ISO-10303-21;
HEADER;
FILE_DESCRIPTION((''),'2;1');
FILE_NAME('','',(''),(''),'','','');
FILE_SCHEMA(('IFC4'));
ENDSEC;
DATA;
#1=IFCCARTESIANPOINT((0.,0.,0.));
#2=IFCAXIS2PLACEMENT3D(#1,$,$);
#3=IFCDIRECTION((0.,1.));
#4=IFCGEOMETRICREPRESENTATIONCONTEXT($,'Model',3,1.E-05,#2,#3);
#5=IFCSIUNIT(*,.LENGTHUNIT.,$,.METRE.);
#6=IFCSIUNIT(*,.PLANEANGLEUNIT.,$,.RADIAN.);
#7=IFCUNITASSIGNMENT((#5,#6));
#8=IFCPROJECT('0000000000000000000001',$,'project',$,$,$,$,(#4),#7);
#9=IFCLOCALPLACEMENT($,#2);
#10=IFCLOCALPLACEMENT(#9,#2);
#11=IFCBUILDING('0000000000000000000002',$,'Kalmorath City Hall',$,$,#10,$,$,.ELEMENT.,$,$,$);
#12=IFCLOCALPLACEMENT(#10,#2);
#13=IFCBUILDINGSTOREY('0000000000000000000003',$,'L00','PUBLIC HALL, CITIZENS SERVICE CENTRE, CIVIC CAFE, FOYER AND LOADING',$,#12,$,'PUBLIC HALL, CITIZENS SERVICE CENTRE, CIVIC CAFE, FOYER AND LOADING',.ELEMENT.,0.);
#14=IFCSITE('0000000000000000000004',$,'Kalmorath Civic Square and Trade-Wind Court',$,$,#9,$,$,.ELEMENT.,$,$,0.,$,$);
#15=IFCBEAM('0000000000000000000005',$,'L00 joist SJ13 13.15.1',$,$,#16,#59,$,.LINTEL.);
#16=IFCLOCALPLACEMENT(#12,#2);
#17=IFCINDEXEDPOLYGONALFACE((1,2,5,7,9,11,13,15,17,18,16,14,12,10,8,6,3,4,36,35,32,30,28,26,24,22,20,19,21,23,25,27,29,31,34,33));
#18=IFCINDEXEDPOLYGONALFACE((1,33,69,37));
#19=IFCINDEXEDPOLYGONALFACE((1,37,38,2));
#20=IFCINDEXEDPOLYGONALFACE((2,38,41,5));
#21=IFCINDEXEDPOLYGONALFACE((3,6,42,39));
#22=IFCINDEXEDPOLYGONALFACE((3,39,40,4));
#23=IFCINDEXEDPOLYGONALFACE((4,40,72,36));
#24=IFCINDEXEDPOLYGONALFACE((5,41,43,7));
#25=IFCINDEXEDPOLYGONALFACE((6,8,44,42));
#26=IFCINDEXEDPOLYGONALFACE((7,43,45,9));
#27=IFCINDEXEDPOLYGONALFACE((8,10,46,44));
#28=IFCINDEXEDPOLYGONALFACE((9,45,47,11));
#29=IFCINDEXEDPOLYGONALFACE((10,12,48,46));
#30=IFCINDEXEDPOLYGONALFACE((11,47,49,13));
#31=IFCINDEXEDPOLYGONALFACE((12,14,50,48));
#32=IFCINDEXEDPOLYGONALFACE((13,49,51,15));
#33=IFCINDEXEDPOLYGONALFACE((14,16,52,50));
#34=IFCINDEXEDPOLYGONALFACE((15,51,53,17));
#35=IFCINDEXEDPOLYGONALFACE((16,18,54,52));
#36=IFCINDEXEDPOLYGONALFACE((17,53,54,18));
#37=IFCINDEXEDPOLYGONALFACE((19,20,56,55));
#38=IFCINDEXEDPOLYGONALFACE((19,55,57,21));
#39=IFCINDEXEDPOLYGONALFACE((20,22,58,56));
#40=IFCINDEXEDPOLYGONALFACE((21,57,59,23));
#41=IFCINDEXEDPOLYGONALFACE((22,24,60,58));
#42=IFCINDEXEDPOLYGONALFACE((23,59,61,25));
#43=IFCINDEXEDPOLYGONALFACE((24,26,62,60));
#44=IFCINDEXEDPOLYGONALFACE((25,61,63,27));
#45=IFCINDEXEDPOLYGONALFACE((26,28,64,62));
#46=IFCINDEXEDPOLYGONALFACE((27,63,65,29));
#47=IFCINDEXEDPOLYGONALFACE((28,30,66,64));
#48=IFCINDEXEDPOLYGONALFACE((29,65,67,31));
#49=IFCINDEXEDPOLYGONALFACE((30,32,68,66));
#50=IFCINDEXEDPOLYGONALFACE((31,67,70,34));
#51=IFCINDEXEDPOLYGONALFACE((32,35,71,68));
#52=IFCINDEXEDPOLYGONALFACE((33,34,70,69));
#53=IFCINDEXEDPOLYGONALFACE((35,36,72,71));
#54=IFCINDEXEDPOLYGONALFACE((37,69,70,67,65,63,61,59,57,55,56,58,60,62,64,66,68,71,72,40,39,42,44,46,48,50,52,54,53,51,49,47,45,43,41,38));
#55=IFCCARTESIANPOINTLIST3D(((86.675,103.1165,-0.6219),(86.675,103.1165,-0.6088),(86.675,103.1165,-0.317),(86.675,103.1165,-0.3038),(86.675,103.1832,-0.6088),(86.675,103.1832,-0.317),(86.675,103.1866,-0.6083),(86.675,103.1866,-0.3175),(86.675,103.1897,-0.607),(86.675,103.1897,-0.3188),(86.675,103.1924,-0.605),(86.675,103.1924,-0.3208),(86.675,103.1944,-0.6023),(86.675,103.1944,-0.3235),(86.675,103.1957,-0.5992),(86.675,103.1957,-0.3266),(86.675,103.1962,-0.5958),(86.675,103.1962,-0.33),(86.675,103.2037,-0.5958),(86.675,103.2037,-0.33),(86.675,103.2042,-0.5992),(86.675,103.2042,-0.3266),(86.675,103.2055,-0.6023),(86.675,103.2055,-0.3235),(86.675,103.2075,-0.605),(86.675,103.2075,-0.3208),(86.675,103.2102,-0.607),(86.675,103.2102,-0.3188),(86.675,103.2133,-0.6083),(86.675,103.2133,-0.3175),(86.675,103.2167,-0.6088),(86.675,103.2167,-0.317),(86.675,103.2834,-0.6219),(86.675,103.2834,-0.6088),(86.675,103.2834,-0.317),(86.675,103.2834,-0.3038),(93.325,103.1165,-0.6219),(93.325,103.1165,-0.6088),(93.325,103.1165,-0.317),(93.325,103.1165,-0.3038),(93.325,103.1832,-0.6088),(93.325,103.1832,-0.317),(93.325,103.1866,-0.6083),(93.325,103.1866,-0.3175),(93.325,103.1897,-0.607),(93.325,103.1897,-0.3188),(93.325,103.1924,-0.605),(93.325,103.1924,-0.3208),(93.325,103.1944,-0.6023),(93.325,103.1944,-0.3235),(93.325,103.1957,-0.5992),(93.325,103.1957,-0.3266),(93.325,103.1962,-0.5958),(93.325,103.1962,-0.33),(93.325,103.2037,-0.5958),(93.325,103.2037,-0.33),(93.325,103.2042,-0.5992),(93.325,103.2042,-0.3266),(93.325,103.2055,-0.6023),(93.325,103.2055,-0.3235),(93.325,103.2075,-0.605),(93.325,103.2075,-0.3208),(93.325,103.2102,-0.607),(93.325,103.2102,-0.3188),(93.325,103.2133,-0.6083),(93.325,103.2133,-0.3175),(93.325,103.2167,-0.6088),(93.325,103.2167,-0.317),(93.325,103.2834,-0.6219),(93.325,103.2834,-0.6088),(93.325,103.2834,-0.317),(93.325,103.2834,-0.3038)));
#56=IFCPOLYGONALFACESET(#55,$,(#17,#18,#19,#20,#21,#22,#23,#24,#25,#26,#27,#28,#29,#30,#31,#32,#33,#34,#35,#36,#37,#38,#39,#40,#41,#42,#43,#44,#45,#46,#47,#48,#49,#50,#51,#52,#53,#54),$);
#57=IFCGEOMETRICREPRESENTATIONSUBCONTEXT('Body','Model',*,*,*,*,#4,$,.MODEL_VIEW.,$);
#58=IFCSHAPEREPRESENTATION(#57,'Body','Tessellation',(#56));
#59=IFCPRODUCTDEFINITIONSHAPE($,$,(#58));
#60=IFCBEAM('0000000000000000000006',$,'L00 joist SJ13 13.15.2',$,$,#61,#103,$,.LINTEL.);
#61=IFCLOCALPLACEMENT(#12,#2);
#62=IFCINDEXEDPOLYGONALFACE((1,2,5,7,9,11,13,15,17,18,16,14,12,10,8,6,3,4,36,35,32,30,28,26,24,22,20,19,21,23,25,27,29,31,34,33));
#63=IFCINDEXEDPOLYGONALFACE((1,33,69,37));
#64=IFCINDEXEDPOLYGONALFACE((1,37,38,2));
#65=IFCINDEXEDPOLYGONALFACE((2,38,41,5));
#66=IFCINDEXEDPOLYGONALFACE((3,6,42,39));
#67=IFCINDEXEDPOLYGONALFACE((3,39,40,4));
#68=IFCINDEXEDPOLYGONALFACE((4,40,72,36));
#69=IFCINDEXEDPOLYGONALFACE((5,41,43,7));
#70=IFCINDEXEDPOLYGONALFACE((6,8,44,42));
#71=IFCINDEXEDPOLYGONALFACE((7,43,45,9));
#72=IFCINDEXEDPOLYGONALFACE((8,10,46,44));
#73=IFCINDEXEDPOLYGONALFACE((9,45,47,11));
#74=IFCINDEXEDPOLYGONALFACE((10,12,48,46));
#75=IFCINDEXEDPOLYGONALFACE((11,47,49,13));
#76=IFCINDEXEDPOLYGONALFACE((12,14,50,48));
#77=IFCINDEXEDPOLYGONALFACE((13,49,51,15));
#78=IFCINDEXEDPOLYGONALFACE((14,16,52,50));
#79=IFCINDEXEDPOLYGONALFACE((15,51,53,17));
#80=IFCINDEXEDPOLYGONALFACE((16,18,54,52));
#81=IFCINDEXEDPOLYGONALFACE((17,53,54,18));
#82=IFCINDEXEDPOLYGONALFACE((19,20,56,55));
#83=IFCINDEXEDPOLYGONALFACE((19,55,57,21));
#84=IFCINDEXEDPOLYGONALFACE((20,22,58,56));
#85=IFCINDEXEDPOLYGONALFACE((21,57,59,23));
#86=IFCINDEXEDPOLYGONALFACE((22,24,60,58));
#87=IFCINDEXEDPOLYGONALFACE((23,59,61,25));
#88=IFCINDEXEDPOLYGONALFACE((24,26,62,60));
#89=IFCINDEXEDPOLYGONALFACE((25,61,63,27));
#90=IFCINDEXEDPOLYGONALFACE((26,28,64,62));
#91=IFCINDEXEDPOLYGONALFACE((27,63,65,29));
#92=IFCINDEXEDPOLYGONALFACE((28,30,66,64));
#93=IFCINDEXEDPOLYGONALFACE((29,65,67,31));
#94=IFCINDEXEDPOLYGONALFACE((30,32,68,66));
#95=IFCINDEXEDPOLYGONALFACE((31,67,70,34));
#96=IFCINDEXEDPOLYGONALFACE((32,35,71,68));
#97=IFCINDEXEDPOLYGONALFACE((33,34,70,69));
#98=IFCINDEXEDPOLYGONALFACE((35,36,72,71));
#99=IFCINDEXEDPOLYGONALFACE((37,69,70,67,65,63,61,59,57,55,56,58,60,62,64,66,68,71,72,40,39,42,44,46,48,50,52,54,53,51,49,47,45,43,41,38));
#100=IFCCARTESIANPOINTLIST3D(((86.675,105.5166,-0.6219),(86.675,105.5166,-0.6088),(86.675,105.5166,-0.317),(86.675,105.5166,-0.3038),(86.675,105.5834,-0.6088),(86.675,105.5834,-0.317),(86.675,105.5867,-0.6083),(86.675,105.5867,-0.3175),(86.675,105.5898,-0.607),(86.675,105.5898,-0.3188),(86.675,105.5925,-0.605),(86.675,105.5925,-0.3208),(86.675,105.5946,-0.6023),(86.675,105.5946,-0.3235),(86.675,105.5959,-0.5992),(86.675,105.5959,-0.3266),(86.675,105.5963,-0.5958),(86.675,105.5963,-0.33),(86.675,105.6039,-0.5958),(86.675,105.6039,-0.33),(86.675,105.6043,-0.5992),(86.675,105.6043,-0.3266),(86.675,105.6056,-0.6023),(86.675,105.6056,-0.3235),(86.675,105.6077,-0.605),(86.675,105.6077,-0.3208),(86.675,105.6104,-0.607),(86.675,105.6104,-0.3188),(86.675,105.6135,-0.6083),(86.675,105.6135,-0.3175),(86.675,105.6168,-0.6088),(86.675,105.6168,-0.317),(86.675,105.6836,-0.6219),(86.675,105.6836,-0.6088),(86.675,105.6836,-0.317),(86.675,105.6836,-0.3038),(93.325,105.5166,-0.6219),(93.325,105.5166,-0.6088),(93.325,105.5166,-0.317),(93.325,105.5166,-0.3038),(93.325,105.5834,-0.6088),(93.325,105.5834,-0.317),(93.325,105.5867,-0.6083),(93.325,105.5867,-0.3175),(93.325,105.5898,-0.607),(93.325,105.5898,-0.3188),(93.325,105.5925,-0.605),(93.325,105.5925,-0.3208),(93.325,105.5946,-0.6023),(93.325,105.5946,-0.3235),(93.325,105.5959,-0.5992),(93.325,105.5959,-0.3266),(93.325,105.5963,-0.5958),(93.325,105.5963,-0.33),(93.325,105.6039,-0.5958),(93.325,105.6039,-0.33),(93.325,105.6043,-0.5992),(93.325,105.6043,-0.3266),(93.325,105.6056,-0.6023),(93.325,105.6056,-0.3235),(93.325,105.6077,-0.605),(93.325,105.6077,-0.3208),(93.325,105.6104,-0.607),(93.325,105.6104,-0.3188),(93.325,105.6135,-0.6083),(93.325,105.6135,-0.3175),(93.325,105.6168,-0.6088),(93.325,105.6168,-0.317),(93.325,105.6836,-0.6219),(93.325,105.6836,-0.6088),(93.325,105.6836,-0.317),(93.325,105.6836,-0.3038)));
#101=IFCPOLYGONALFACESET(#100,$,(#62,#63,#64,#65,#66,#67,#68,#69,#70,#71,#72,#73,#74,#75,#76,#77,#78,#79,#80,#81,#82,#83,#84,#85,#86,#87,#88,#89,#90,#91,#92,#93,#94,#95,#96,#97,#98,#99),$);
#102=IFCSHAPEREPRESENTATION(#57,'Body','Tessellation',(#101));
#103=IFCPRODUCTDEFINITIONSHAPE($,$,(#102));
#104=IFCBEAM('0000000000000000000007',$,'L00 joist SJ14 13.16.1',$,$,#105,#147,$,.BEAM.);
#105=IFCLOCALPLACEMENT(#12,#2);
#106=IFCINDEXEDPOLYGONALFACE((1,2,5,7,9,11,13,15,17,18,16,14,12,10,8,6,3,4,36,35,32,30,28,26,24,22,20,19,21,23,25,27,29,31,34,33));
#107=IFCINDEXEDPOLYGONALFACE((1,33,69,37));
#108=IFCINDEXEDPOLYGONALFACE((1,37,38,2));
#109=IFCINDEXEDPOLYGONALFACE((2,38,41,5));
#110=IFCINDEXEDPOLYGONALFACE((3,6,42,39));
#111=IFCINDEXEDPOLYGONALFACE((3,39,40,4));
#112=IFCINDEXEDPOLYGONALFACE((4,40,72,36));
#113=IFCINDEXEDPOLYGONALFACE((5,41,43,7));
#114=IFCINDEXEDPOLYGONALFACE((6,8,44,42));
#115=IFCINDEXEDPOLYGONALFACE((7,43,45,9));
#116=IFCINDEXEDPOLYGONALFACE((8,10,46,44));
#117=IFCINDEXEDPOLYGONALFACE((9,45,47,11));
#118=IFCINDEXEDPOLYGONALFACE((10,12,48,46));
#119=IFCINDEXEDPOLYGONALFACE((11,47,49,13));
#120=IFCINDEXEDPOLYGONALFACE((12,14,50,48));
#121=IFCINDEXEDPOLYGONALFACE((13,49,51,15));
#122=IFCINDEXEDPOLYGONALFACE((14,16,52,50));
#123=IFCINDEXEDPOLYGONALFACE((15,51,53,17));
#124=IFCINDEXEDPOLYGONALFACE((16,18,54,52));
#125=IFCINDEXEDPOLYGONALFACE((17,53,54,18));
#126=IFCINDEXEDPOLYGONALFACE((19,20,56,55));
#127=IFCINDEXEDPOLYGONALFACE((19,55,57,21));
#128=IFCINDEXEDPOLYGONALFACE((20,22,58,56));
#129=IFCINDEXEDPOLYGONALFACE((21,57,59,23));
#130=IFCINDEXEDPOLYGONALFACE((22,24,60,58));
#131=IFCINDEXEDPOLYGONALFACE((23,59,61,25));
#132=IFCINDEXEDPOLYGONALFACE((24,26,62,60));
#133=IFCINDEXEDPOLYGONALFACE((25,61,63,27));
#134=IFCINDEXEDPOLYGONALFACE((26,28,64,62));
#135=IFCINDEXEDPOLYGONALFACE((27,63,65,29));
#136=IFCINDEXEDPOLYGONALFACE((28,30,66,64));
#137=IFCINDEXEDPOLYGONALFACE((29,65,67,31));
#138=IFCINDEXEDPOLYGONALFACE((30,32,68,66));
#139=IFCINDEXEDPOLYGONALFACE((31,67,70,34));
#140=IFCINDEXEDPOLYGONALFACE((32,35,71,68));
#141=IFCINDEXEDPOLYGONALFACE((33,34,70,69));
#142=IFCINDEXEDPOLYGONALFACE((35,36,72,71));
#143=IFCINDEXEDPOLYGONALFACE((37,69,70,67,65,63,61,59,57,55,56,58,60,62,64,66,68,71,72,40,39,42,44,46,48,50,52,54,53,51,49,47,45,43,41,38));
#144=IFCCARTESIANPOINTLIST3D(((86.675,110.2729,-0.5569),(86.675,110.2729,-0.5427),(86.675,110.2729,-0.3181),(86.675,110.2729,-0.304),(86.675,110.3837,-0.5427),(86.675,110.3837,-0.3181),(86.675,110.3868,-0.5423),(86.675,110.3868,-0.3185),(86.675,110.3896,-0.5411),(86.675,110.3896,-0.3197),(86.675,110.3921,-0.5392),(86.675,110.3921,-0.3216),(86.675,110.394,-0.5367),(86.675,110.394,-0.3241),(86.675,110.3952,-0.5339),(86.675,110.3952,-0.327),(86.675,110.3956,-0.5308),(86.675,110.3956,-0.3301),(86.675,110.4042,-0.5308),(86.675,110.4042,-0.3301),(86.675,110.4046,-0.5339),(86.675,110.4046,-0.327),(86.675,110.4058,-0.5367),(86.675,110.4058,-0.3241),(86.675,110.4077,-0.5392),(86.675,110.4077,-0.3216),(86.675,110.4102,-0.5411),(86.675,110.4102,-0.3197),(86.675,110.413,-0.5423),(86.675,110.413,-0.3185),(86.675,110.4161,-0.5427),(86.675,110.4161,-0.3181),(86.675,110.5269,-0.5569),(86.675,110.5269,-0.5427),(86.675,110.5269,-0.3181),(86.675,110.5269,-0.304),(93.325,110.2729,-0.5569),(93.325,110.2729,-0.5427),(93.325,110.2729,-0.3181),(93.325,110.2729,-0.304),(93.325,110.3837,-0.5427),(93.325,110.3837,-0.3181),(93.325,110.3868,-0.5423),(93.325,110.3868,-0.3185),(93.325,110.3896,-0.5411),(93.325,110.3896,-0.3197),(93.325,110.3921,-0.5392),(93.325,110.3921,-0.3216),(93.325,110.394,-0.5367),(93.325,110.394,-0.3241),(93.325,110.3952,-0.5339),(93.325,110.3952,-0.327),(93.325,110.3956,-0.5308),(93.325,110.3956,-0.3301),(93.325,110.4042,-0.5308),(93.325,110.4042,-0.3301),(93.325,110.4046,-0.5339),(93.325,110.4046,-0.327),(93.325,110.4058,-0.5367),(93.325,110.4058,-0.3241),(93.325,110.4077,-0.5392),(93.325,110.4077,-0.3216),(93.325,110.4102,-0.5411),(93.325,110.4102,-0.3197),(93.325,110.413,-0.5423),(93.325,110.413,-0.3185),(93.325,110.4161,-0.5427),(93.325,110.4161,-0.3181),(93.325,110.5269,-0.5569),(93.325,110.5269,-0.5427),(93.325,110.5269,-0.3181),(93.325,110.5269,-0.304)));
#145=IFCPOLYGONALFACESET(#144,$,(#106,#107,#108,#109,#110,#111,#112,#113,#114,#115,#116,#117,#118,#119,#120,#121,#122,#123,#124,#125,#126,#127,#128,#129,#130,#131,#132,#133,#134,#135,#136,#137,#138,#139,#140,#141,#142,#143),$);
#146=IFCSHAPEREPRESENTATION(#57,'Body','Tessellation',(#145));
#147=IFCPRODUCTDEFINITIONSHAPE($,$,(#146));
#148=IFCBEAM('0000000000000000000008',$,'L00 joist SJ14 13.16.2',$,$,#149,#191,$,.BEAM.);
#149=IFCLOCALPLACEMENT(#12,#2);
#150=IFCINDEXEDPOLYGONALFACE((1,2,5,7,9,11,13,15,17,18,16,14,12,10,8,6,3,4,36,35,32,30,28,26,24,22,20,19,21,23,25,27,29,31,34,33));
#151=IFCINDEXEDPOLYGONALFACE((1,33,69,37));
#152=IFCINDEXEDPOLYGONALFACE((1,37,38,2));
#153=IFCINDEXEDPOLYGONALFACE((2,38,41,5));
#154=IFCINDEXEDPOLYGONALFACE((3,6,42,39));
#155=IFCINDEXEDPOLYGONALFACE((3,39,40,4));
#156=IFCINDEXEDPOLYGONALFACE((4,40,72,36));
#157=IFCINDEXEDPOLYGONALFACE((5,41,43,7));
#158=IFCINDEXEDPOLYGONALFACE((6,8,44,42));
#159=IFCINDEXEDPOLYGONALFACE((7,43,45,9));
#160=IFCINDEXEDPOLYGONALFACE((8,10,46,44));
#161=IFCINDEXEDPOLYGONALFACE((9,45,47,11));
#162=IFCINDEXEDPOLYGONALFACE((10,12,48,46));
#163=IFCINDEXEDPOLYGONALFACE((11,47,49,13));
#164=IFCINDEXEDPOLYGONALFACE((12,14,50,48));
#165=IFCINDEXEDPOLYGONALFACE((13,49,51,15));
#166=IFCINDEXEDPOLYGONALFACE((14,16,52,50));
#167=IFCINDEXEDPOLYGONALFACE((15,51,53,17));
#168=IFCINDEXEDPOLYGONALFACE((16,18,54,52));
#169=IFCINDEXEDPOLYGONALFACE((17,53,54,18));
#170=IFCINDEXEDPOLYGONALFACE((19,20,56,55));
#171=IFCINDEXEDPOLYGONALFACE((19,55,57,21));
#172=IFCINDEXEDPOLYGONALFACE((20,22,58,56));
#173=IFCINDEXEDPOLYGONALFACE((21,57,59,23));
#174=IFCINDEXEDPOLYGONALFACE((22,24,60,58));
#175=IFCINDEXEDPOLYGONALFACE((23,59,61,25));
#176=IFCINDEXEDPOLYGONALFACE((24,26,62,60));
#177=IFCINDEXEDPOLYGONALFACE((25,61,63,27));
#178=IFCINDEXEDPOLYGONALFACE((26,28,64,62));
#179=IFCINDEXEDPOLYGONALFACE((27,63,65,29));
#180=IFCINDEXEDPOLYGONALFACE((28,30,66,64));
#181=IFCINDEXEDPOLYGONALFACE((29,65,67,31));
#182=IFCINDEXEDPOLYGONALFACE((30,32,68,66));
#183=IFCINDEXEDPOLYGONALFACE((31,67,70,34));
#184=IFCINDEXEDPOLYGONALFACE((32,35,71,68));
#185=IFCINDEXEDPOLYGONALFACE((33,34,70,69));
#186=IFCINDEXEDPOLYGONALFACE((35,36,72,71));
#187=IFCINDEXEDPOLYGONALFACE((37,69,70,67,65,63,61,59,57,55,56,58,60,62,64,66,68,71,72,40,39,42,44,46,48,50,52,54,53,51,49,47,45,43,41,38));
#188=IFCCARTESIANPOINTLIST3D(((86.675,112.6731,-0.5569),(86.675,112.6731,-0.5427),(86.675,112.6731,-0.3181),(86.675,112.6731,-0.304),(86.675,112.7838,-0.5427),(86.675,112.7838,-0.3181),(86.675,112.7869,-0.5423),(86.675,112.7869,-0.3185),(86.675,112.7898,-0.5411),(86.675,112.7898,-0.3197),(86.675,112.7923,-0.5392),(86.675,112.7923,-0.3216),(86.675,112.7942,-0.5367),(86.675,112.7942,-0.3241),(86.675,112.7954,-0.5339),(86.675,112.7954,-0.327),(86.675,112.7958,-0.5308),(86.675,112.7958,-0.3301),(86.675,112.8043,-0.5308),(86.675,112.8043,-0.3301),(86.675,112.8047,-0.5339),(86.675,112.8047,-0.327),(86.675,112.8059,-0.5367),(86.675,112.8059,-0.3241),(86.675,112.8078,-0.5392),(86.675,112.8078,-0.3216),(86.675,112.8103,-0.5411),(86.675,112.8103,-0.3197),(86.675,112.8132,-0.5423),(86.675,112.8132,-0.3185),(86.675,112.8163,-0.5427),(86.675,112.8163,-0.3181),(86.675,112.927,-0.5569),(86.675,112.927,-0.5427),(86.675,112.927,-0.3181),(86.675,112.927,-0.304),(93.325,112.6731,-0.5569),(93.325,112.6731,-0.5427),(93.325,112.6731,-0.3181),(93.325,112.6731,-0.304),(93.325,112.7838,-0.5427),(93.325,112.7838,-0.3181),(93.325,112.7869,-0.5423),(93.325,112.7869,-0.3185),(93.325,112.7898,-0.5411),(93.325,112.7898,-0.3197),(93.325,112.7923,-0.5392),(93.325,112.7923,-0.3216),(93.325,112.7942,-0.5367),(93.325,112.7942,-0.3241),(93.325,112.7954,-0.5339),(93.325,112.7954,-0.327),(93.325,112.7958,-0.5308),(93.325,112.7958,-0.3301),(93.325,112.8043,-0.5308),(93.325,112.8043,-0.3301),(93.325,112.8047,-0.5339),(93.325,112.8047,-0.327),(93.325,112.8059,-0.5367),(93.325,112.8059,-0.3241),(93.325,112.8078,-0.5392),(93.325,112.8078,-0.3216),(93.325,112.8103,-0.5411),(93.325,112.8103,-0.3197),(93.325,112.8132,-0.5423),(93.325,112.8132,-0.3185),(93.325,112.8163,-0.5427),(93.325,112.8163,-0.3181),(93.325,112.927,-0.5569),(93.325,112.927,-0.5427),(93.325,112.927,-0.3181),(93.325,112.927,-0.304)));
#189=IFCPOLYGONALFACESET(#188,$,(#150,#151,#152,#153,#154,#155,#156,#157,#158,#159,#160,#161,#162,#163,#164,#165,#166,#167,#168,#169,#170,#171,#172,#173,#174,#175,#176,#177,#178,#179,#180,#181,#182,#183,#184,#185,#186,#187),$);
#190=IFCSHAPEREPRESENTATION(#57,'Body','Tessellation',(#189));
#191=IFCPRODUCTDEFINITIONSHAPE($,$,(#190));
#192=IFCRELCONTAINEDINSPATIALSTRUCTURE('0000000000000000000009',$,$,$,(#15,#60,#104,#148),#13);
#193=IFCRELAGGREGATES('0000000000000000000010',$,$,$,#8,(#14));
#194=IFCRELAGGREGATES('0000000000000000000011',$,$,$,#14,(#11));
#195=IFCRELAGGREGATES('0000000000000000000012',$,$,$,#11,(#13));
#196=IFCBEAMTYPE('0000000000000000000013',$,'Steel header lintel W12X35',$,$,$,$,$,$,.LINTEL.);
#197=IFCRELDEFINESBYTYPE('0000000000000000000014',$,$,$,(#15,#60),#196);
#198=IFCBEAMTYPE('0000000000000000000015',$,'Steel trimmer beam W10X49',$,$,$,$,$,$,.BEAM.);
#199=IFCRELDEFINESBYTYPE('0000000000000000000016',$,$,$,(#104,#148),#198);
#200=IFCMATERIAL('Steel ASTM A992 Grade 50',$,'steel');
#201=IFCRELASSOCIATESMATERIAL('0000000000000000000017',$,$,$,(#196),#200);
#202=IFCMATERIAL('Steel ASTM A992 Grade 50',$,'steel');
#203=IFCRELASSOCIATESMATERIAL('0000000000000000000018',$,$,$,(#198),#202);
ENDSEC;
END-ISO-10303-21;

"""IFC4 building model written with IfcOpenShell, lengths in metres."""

from ifc_helpers import new_model, si_unit, direction, frame, origin, origin_2d, place, context, subcontext, project, spatial, i_section, extrude, material, material_profile, profile_set, type_object, element, save


model = new_model("IFC4")

# Units and contexts
model_context = context("Model", 3, precision=1e-05, world=origin(), true_north=direction((0.0, 1.0)))
body_context = subcontext(model_context, "Body", "Model", "MODEL_VIEW")
ifc_project = project(units=[si_unit("LENGTHUNIT", "METRE"), si_unit("PLANEANGLEUNIT", "RADIAN")], contexts=[model_context])

# Site, building, storey
site_placement = place(None, origin())
site = spatial("IfcSite", under=ifc_project, at=site_placement, Name="Kalmorath Civic Square and Trade-Wind Court", CompositionType="ELEMENT", RefElevation=0.0)
building_placement = place(site_placement, origin())
building = spatial("IfcBuilding", under=site, at=building_placement, Name="Kalmorath City Hall", CompositionType="ELEMENT")
storey_placement = place(building_placement, origin())
storey = spatial("IfcBuildingStorey", under=building, at=storey_placement, Name="L00", Description="PUBLIC HALL, CITIZENS SERVICE CENTRE, CIVIC CAFE, FOYER AND LOADING", LongName="PUBLIC HALL, CITIZENS SERVICE CENTRE, CIVIC CAFE, FOYER AND LOADING", CompositionType="ELEMENT", Elevation=0.0)

# Beams
ifc_material_1 = material(Name="Steel ASTM A992 Grade 50", Category="steel")
ifc_material_profile_1 = material_profile(ifc_material_1, i_section(OverallWidth=0.167, OverallDepth=0.3181, WebThickness=0.0076, FlangeThickness=0.0132, FilletRadius=0.0129, at=origin_2d()), Name="W12X35")
ifc_profile_set_1 = profile_set([ifc_material_profile_1], Name="Steel ASTM A992 Grade 50")
beam_type_1 = type_object("IfcBeamType", Name="Steel header lintel W12X35", PredefinedType="LINTEL", material=ifc_profile_set_1)
for number, where, z_axis, x_axis, name in (
    (1, (86.675, 103.2, -0.4629), (1.0, 0.0, 0.0), (0.0, 1.0, 0.0), "L00 joist SJ13 13.15.1"),
    (2, (86.675, 105.6001, -0.4629), (1.0, 0.0, 0.0), (0.0, 1.0, 0.0), "L00 joist SJ13 13.15.2"),
):
    element("IfcBeam", number, at=place(storey_placement, frame(where, z_axis=z_axis, x_axis=x_axis)), inside=storey, type_object=beam_type_1, Name=name, PredefinedType="LINTEL", context=body_context, shape_type="SweptSolid", body=[
        extrude(i_section(OverallWidth=0.167, OverallDepth=0.3181, WebThickness=0.0076, FlangeThickness=0.0132, FilletRadius=0.0129, at=origin_2d()), origin(), (0.0, 0.0, 1.0), 6.6499),
    ])
ifc_material_2 = material(Name="Steel ASTM A992 Grade 50", Category="steel")
ifc_material_profile_2 = material_profile(ifc_material_2, i_section(OverallWidth=0.2539, OverallDepth=0.2529, WebThickness=0.0085, FlangeThickness=0.0142, FilletRadius=0.012, at=origin_2d()), Name="W10X49")
ifc_profile_set_2 = profile_set([ifc_material_profile_2], Name="Steel ASTM A992 Grade 50")
beam_type_2 = type_object("IfcBeamType", Name="Steel trimmer beam W10X49", PredefinedType="BEAM", material=ifc_profile_set_2)
for number, where, z_axis, x_axis, name in (
    (3, (86.675, 110.3999, -0.4304), (1.0, 0.0, 0.0), (0.0, 1.0, 0.0), "L00 joist SJ14 13.16.1"),
    (4, (86.675, 112.8, -0.4304), (1.0, 0.0, 0.0), (0.0, 1.0, 0.0), "L00 joist SJ14 13.16.2"),
):
    element("IfcBeam", number, at=place(storey_placement, frame(where, z_axis=z_axis, x_axis=x_axis)), inside=storey, type_object=beam_type_2, Name=name, PredefinedType="BEAM", context=body_context, shape_type="SweptSolid", body=[
        extrude(i_section(OverallWidth=0.2539, OverallDepth=0.2529, WebThickness=0.0085, FlangeThickness=0.0142, FilletRadius=0.012, at=origin_2d()), origin(), (0.0, 0.0, 1.0), 6.6499),
    ])

save(model, "model.ifc")
